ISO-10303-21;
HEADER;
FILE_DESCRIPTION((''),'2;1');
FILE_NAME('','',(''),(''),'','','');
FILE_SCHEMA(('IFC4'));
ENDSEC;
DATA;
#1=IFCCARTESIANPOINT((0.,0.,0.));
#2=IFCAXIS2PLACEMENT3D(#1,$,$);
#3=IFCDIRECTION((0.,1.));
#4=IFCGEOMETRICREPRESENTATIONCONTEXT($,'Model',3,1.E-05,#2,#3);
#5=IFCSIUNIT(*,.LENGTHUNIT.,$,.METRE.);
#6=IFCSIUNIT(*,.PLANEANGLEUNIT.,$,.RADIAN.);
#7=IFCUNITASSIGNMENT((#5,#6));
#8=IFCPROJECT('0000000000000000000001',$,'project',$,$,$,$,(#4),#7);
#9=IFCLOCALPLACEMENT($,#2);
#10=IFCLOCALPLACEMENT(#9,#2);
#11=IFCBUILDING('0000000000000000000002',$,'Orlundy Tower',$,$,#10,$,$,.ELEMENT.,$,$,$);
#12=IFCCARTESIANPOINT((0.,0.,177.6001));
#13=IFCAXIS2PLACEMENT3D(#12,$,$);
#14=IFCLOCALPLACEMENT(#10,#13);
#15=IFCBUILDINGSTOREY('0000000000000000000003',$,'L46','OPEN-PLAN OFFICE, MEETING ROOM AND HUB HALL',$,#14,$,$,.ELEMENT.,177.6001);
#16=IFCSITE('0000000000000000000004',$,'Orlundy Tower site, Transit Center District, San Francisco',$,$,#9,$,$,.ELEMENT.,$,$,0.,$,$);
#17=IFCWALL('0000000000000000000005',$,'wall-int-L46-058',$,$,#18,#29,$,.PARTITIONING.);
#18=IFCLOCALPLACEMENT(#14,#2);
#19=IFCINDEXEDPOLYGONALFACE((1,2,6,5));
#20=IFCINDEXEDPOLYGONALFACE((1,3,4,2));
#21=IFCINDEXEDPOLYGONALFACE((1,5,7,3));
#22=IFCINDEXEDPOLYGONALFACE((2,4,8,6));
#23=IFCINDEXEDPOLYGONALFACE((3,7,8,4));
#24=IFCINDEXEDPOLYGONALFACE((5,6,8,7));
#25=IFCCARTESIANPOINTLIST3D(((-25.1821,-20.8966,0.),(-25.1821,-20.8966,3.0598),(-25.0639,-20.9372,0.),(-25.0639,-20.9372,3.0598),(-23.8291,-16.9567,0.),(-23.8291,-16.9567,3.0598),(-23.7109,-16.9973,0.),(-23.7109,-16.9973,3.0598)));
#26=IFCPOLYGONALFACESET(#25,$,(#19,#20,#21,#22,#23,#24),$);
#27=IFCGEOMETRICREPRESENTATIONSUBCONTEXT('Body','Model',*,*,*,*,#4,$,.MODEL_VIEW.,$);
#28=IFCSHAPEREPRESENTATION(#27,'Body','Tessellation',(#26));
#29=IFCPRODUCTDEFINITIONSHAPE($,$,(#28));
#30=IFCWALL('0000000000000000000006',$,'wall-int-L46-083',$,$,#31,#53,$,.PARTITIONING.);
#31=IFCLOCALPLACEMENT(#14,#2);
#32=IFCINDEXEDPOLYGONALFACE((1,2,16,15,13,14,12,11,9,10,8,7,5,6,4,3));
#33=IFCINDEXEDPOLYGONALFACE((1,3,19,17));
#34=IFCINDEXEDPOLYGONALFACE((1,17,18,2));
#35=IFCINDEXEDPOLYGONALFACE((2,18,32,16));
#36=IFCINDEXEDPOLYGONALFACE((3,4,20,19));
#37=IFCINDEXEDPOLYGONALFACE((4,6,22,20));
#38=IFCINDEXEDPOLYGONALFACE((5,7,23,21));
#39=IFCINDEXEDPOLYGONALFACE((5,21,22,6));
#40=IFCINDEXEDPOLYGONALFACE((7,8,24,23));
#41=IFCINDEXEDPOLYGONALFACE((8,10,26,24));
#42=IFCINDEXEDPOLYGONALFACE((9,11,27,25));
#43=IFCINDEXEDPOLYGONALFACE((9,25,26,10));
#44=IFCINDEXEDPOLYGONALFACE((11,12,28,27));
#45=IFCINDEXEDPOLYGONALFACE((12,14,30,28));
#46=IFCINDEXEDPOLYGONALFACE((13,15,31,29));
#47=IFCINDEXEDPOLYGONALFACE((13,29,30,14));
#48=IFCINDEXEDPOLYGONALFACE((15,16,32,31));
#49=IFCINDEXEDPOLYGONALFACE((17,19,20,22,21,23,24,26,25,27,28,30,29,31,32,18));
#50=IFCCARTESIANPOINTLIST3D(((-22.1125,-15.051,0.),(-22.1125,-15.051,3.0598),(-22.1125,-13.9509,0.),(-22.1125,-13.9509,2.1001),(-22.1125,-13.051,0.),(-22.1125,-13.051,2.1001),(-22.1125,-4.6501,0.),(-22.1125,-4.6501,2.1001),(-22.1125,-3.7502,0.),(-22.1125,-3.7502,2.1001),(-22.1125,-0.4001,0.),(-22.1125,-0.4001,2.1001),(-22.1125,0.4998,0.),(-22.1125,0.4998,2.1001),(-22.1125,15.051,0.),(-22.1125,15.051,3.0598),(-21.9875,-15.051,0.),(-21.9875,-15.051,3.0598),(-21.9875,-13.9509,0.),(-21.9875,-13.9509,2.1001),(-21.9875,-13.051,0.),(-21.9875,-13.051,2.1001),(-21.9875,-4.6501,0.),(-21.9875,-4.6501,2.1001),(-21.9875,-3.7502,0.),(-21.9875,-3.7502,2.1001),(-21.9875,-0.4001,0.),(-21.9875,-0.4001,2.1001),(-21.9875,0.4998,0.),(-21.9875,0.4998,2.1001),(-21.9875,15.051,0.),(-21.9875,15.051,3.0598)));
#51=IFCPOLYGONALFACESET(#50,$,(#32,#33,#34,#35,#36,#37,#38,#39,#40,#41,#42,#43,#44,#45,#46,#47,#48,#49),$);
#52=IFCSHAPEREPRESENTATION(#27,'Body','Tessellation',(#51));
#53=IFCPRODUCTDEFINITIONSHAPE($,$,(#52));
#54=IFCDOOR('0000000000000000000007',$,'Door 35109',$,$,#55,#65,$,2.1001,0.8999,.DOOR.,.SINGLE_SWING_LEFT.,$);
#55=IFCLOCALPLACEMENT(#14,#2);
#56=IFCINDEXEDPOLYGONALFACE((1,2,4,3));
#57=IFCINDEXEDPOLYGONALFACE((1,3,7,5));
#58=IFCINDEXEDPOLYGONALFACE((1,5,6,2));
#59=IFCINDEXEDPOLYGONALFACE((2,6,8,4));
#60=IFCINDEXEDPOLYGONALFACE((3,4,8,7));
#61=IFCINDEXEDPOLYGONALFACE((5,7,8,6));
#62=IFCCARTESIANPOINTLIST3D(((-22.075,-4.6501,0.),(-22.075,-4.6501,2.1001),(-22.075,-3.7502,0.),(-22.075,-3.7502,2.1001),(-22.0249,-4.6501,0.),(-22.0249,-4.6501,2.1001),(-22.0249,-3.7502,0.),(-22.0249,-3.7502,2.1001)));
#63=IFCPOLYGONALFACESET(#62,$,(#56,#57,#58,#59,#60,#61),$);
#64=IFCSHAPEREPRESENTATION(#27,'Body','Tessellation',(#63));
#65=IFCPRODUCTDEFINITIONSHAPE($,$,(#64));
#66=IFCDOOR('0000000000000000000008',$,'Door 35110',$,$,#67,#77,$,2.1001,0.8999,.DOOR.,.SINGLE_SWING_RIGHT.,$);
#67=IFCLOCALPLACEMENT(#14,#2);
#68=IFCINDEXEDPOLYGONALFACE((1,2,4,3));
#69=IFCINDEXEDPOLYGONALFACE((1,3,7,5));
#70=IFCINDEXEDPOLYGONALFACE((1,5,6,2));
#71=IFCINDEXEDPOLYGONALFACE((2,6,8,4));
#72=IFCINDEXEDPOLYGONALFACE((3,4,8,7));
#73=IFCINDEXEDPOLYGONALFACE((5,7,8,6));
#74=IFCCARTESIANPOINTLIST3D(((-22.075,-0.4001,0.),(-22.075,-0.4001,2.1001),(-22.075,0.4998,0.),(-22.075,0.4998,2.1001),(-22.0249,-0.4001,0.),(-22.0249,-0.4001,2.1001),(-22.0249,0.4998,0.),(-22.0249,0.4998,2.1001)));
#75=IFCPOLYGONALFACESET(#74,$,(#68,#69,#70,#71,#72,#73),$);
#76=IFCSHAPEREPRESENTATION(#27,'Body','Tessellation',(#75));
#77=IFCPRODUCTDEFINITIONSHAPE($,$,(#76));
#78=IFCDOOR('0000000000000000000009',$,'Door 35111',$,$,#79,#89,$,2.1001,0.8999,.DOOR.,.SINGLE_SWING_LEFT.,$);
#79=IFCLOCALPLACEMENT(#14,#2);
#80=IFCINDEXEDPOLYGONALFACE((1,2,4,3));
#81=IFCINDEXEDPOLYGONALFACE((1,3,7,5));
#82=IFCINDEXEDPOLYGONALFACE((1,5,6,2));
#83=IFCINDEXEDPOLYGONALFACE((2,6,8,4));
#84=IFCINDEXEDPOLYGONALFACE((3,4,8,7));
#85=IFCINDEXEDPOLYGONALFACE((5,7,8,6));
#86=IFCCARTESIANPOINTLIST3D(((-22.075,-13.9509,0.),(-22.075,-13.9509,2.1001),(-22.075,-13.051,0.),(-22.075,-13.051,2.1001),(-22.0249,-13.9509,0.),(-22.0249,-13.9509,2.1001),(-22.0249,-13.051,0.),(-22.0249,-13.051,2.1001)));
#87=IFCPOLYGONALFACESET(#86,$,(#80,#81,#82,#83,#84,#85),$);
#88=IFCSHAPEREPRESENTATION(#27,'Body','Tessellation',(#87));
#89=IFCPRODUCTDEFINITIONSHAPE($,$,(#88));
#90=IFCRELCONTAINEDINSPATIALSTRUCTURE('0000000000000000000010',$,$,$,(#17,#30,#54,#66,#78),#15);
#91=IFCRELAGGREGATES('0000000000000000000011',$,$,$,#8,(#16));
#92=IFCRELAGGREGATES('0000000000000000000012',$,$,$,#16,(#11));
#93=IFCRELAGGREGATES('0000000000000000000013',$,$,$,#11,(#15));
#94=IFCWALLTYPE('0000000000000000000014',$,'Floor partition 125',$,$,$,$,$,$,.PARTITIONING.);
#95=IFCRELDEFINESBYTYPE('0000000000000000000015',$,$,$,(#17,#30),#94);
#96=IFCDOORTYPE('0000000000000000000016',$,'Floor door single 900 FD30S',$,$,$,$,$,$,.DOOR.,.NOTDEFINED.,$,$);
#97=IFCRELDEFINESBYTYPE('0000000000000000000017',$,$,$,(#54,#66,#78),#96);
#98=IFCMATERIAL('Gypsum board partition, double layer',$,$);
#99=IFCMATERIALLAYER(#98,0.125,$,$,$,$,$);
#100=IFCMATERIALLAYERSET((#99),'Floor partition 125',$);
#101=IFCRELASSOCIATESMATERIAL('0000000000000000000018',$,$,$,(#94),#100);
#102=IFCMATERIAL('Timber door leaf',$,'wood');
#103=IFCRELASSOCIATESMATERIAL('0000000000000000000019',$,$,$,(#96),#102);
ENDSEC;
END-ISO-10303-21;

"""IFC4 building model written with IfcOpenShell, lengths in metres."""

from ifc_helpers import new_model, si_unit, direction, frame, frame_2d, origin, place, context, subcontext, project, spatial, rectangle, extrude, material, layer, layer_set, type_object, element, fill, save


model = new_model("IFC4")

# Units and contexts
model_context = context("Model", 3, precision=1e-05, world=origin(), true_north=direction((0.0, 1.0)))
body_context = subcontext(model_context, "Body", "Model", "MODEL_VIEW")
ifc_project = project(units=[si_unit("LENGTHUNIT", "METRE"), si_unit("PLANEANGLEUNIT", "RADIAN")], contexts=[model_context])

# Site, building, storey
site_placement = place(None, origin())
site = spatial("IfcSite", under=ifc_project, at=site_placement, Name="Orlundy Tower site, Transit Center District, San Francisco", CompositionType="ELEMENT", RefElevation=0.0)
building_placement = place(site_placement, origin())
building = spatial("IfcBuilding", under=site, at=building_placement, Name="Orlundy Tower", CompositionType="ELEMENT")
storey_placement = place(building_placement, frame((0.0, 0.0, 177.6001)))
storey = spatial("IfcBuildingStorey", under=building, at=storey_placement, Name="L46", Description="OPEN-PLAN OFFICE, MEETING ROOM AND HUB HALL", CompositionType="ELEMENT", Elevation=177.6001)

# Shared definitions
ifc_material_1 = material(Name="Gypsum board partition, double layer")
ifc_layer_1 = layer(ifc_material_1, 0.125)
ifc_layer_set_1 = layer_set([ifc_layer_1], Name="Floor partition 125")
wall_type_1 = type_object("IfcWallType", Name="Floor partition 125", PredefinedType="PARTITIONING", material=ifc_layer_set_1)

# Shared definitions
ifc_material_2 = material(Name="Timber door leaf", Category="wood")
door_type_1 = type_object("IfcDoorType", Name="Floor door single 900 FD30S", OperationType="NOTDEFINED", PredefinedType="DOOR", material=ifc_material_2)

# Wall
wall_1_placement = place(storey_placement, frame((-25.123, -20.917, 0.0), z_axis=(0.0, 0.0, 1.0), x_axis=(0.324795, 0.945785, 0.0)))
element("IfcWall", 1, at=wall_1_placement, inside=storey, type_object=wall_type_1, Name="wall-int-L46-058", PredefinedType="PARTITIONING", context=body_context, shape_type="SweptSolid", body=[
    extrude(rectangle(XDim=4.1658, YDim=0.125, at=frame_2d((2.083, 0.0))), origin(), (0.0, 0.0, 1.0), 3.0598),
])

# Wall, openings, doors
wall_2_placement = place(storey_placement, frame((-22.05, -15.051, 0.0), z_axis=(0.0, 0.0, 1.0), x_axis=(0.0, 1.0, 0.0)))
wall_2 = element("IfcWall", 2, at=wall_2_placement, inside=storey, type_object=wall_type_1, Name="wall-int-L46-083", PredefinedType="PARTITIONING", context=body_context, shape_type="SweptSolid", body=[
    extrude(rectangle(XDim=30.1021, YDim=0.125, at=frame_2d((15.051, 0.0))), origin(), (0.0, 0.0, 1.0), 3.0598),
])
opening_1_placement = place(wall_2_placement, frame((10.4009, 0.0, 0.0)))
opening_1 = element("IfcOpeningElement", 3, at=opening_1_placement, cuts=wall_2, PredefinedType="OPENING", context=body_context, shape_type="SweptSolid", body=[
    extrude(rectangle(XDim=0.8999, YDim=2.1001, at=frame_2d((0.45, 1.05))), frame((0.0, 0.0725, 0.0), z_axis=(0.0, -1.0, 0.0), x_axis=(1.0, 0.0, 0.0)), (0.0, 0.0, 1.0), 0.145),
])
opening_2_placement = place(wall_2_placement, frame((14.6509, 0.0, 0.0)))
opening_2 = element("IfcOpeningElement", 4, at=opening_2_placement, cuts=wall_2, PredefinedType="OPENING", context=body_context, shape_type="SweptSolid", body=[
    extrude(rectangle(XDim=0.8999, YDim=2.1001, at=frame_2d((0.45, 1.05))), frame((0.0, 0.0725, 0.0), z_axis=(0.0, -1.0, 0.0), x_axis=(1.0, 0.0, 0.0)), (0.0, 0.0, 1.0), 0.145),
])
opening_3_placement = place(wall_2_placement, frame((1.1001, 0.0, 0.0)))
opening_3 = element("IfcOpeningElement", 5, at=opening_3_placement, cuts=wall_2, PredefinedType="OPENING", context=body_context, shape_type="SweptSolid", body=[
    extrude(rectangle(XDim=0.8999, YDim=2.1001, at=frame_2d((0.45, 1.05))), frame((0.0, 0.0725, 0.0), z_axis=(0.0, -1.0, 0.0), x_axis=(1.0, 0.0, 0.0)), (0.0, 0.0, 1.0), 0.145),
])
door_1_placement = place(opening_1_placement, origin())
door_1 = element("IfcDoor", 6, at=door_1_placement, inside=storey, type_object=door_type_1, Name="Door 35109", OperationType="SINGLE_SWING_LEFT", OverallHeight=2.1001, OverallWidth=0.8999, PredefinedType="DOOR", context=body_context, shape_type="SweptSolid", body=[
    extrude(rectangle(XDim=0.8999, YDim=2.1001, at=frame_2d((0.45, 1.05))), frame((0.0, 0.0249, 0.0), z_axis=(0.0, -1.0, 0.0), x_axis=(1.0, 0.0, 0.0)), (0.0, 0.0, 1.0), 0.05),
])
fill(opening_1, door_1)
door_2_placement = place(opening_2_placement, origin())
door_2 = element("IfcDoor", 7, at=door_2_placement, inside=storey, type_object=door_type_1, Name="Door 35110", OperationType="SINGLE_SWING_RIGHT", OverallHeight=2.1001, OverallWidth=0.8999, PredefinedType="DOOR", context=body_context, shape_type="SweptSolid", body=[
    extrude(rectangle(XDim=0.8999, YDim=2.1001, at=frame_2d((0.45, 1.05))), frame((0.0, 0.0249, 0.0), z_axis=(0.0, -1.0, 0.0), x_axis=(1.0, 0.0, 0.0)), (0.0, 0.0, 1.0), 0.05),
])
fill(opening_2, door_2)
door_3_placement = place(opening_3_placement, origin())
door_3 = element("IfcDoor", 8, at=door_3_placement, inside=storey, type_object=door_type_1, Name="Door 35111", OperationType="SINGLE_SWING_LEFT", OverallHeight=2.1001, OverallWidth=0.8999, PredefinedType="DOOR", context=body_context, shape_type="SweptSolid", body=[
    extrude(rectangle(XDim=0.8999, YDim=2.1001, at=frame_2d((0.45, 1.05))), frame((0.0, 0.0249, 0.0), z_axis=(0.0, -1.0, 0.0), x_axis=(1.0, 0.0, 0.0)), (0.0, 0.0, 1.0), 0.05),
])
fill(opening_3, door_3)

save(model, "model.ifc")
